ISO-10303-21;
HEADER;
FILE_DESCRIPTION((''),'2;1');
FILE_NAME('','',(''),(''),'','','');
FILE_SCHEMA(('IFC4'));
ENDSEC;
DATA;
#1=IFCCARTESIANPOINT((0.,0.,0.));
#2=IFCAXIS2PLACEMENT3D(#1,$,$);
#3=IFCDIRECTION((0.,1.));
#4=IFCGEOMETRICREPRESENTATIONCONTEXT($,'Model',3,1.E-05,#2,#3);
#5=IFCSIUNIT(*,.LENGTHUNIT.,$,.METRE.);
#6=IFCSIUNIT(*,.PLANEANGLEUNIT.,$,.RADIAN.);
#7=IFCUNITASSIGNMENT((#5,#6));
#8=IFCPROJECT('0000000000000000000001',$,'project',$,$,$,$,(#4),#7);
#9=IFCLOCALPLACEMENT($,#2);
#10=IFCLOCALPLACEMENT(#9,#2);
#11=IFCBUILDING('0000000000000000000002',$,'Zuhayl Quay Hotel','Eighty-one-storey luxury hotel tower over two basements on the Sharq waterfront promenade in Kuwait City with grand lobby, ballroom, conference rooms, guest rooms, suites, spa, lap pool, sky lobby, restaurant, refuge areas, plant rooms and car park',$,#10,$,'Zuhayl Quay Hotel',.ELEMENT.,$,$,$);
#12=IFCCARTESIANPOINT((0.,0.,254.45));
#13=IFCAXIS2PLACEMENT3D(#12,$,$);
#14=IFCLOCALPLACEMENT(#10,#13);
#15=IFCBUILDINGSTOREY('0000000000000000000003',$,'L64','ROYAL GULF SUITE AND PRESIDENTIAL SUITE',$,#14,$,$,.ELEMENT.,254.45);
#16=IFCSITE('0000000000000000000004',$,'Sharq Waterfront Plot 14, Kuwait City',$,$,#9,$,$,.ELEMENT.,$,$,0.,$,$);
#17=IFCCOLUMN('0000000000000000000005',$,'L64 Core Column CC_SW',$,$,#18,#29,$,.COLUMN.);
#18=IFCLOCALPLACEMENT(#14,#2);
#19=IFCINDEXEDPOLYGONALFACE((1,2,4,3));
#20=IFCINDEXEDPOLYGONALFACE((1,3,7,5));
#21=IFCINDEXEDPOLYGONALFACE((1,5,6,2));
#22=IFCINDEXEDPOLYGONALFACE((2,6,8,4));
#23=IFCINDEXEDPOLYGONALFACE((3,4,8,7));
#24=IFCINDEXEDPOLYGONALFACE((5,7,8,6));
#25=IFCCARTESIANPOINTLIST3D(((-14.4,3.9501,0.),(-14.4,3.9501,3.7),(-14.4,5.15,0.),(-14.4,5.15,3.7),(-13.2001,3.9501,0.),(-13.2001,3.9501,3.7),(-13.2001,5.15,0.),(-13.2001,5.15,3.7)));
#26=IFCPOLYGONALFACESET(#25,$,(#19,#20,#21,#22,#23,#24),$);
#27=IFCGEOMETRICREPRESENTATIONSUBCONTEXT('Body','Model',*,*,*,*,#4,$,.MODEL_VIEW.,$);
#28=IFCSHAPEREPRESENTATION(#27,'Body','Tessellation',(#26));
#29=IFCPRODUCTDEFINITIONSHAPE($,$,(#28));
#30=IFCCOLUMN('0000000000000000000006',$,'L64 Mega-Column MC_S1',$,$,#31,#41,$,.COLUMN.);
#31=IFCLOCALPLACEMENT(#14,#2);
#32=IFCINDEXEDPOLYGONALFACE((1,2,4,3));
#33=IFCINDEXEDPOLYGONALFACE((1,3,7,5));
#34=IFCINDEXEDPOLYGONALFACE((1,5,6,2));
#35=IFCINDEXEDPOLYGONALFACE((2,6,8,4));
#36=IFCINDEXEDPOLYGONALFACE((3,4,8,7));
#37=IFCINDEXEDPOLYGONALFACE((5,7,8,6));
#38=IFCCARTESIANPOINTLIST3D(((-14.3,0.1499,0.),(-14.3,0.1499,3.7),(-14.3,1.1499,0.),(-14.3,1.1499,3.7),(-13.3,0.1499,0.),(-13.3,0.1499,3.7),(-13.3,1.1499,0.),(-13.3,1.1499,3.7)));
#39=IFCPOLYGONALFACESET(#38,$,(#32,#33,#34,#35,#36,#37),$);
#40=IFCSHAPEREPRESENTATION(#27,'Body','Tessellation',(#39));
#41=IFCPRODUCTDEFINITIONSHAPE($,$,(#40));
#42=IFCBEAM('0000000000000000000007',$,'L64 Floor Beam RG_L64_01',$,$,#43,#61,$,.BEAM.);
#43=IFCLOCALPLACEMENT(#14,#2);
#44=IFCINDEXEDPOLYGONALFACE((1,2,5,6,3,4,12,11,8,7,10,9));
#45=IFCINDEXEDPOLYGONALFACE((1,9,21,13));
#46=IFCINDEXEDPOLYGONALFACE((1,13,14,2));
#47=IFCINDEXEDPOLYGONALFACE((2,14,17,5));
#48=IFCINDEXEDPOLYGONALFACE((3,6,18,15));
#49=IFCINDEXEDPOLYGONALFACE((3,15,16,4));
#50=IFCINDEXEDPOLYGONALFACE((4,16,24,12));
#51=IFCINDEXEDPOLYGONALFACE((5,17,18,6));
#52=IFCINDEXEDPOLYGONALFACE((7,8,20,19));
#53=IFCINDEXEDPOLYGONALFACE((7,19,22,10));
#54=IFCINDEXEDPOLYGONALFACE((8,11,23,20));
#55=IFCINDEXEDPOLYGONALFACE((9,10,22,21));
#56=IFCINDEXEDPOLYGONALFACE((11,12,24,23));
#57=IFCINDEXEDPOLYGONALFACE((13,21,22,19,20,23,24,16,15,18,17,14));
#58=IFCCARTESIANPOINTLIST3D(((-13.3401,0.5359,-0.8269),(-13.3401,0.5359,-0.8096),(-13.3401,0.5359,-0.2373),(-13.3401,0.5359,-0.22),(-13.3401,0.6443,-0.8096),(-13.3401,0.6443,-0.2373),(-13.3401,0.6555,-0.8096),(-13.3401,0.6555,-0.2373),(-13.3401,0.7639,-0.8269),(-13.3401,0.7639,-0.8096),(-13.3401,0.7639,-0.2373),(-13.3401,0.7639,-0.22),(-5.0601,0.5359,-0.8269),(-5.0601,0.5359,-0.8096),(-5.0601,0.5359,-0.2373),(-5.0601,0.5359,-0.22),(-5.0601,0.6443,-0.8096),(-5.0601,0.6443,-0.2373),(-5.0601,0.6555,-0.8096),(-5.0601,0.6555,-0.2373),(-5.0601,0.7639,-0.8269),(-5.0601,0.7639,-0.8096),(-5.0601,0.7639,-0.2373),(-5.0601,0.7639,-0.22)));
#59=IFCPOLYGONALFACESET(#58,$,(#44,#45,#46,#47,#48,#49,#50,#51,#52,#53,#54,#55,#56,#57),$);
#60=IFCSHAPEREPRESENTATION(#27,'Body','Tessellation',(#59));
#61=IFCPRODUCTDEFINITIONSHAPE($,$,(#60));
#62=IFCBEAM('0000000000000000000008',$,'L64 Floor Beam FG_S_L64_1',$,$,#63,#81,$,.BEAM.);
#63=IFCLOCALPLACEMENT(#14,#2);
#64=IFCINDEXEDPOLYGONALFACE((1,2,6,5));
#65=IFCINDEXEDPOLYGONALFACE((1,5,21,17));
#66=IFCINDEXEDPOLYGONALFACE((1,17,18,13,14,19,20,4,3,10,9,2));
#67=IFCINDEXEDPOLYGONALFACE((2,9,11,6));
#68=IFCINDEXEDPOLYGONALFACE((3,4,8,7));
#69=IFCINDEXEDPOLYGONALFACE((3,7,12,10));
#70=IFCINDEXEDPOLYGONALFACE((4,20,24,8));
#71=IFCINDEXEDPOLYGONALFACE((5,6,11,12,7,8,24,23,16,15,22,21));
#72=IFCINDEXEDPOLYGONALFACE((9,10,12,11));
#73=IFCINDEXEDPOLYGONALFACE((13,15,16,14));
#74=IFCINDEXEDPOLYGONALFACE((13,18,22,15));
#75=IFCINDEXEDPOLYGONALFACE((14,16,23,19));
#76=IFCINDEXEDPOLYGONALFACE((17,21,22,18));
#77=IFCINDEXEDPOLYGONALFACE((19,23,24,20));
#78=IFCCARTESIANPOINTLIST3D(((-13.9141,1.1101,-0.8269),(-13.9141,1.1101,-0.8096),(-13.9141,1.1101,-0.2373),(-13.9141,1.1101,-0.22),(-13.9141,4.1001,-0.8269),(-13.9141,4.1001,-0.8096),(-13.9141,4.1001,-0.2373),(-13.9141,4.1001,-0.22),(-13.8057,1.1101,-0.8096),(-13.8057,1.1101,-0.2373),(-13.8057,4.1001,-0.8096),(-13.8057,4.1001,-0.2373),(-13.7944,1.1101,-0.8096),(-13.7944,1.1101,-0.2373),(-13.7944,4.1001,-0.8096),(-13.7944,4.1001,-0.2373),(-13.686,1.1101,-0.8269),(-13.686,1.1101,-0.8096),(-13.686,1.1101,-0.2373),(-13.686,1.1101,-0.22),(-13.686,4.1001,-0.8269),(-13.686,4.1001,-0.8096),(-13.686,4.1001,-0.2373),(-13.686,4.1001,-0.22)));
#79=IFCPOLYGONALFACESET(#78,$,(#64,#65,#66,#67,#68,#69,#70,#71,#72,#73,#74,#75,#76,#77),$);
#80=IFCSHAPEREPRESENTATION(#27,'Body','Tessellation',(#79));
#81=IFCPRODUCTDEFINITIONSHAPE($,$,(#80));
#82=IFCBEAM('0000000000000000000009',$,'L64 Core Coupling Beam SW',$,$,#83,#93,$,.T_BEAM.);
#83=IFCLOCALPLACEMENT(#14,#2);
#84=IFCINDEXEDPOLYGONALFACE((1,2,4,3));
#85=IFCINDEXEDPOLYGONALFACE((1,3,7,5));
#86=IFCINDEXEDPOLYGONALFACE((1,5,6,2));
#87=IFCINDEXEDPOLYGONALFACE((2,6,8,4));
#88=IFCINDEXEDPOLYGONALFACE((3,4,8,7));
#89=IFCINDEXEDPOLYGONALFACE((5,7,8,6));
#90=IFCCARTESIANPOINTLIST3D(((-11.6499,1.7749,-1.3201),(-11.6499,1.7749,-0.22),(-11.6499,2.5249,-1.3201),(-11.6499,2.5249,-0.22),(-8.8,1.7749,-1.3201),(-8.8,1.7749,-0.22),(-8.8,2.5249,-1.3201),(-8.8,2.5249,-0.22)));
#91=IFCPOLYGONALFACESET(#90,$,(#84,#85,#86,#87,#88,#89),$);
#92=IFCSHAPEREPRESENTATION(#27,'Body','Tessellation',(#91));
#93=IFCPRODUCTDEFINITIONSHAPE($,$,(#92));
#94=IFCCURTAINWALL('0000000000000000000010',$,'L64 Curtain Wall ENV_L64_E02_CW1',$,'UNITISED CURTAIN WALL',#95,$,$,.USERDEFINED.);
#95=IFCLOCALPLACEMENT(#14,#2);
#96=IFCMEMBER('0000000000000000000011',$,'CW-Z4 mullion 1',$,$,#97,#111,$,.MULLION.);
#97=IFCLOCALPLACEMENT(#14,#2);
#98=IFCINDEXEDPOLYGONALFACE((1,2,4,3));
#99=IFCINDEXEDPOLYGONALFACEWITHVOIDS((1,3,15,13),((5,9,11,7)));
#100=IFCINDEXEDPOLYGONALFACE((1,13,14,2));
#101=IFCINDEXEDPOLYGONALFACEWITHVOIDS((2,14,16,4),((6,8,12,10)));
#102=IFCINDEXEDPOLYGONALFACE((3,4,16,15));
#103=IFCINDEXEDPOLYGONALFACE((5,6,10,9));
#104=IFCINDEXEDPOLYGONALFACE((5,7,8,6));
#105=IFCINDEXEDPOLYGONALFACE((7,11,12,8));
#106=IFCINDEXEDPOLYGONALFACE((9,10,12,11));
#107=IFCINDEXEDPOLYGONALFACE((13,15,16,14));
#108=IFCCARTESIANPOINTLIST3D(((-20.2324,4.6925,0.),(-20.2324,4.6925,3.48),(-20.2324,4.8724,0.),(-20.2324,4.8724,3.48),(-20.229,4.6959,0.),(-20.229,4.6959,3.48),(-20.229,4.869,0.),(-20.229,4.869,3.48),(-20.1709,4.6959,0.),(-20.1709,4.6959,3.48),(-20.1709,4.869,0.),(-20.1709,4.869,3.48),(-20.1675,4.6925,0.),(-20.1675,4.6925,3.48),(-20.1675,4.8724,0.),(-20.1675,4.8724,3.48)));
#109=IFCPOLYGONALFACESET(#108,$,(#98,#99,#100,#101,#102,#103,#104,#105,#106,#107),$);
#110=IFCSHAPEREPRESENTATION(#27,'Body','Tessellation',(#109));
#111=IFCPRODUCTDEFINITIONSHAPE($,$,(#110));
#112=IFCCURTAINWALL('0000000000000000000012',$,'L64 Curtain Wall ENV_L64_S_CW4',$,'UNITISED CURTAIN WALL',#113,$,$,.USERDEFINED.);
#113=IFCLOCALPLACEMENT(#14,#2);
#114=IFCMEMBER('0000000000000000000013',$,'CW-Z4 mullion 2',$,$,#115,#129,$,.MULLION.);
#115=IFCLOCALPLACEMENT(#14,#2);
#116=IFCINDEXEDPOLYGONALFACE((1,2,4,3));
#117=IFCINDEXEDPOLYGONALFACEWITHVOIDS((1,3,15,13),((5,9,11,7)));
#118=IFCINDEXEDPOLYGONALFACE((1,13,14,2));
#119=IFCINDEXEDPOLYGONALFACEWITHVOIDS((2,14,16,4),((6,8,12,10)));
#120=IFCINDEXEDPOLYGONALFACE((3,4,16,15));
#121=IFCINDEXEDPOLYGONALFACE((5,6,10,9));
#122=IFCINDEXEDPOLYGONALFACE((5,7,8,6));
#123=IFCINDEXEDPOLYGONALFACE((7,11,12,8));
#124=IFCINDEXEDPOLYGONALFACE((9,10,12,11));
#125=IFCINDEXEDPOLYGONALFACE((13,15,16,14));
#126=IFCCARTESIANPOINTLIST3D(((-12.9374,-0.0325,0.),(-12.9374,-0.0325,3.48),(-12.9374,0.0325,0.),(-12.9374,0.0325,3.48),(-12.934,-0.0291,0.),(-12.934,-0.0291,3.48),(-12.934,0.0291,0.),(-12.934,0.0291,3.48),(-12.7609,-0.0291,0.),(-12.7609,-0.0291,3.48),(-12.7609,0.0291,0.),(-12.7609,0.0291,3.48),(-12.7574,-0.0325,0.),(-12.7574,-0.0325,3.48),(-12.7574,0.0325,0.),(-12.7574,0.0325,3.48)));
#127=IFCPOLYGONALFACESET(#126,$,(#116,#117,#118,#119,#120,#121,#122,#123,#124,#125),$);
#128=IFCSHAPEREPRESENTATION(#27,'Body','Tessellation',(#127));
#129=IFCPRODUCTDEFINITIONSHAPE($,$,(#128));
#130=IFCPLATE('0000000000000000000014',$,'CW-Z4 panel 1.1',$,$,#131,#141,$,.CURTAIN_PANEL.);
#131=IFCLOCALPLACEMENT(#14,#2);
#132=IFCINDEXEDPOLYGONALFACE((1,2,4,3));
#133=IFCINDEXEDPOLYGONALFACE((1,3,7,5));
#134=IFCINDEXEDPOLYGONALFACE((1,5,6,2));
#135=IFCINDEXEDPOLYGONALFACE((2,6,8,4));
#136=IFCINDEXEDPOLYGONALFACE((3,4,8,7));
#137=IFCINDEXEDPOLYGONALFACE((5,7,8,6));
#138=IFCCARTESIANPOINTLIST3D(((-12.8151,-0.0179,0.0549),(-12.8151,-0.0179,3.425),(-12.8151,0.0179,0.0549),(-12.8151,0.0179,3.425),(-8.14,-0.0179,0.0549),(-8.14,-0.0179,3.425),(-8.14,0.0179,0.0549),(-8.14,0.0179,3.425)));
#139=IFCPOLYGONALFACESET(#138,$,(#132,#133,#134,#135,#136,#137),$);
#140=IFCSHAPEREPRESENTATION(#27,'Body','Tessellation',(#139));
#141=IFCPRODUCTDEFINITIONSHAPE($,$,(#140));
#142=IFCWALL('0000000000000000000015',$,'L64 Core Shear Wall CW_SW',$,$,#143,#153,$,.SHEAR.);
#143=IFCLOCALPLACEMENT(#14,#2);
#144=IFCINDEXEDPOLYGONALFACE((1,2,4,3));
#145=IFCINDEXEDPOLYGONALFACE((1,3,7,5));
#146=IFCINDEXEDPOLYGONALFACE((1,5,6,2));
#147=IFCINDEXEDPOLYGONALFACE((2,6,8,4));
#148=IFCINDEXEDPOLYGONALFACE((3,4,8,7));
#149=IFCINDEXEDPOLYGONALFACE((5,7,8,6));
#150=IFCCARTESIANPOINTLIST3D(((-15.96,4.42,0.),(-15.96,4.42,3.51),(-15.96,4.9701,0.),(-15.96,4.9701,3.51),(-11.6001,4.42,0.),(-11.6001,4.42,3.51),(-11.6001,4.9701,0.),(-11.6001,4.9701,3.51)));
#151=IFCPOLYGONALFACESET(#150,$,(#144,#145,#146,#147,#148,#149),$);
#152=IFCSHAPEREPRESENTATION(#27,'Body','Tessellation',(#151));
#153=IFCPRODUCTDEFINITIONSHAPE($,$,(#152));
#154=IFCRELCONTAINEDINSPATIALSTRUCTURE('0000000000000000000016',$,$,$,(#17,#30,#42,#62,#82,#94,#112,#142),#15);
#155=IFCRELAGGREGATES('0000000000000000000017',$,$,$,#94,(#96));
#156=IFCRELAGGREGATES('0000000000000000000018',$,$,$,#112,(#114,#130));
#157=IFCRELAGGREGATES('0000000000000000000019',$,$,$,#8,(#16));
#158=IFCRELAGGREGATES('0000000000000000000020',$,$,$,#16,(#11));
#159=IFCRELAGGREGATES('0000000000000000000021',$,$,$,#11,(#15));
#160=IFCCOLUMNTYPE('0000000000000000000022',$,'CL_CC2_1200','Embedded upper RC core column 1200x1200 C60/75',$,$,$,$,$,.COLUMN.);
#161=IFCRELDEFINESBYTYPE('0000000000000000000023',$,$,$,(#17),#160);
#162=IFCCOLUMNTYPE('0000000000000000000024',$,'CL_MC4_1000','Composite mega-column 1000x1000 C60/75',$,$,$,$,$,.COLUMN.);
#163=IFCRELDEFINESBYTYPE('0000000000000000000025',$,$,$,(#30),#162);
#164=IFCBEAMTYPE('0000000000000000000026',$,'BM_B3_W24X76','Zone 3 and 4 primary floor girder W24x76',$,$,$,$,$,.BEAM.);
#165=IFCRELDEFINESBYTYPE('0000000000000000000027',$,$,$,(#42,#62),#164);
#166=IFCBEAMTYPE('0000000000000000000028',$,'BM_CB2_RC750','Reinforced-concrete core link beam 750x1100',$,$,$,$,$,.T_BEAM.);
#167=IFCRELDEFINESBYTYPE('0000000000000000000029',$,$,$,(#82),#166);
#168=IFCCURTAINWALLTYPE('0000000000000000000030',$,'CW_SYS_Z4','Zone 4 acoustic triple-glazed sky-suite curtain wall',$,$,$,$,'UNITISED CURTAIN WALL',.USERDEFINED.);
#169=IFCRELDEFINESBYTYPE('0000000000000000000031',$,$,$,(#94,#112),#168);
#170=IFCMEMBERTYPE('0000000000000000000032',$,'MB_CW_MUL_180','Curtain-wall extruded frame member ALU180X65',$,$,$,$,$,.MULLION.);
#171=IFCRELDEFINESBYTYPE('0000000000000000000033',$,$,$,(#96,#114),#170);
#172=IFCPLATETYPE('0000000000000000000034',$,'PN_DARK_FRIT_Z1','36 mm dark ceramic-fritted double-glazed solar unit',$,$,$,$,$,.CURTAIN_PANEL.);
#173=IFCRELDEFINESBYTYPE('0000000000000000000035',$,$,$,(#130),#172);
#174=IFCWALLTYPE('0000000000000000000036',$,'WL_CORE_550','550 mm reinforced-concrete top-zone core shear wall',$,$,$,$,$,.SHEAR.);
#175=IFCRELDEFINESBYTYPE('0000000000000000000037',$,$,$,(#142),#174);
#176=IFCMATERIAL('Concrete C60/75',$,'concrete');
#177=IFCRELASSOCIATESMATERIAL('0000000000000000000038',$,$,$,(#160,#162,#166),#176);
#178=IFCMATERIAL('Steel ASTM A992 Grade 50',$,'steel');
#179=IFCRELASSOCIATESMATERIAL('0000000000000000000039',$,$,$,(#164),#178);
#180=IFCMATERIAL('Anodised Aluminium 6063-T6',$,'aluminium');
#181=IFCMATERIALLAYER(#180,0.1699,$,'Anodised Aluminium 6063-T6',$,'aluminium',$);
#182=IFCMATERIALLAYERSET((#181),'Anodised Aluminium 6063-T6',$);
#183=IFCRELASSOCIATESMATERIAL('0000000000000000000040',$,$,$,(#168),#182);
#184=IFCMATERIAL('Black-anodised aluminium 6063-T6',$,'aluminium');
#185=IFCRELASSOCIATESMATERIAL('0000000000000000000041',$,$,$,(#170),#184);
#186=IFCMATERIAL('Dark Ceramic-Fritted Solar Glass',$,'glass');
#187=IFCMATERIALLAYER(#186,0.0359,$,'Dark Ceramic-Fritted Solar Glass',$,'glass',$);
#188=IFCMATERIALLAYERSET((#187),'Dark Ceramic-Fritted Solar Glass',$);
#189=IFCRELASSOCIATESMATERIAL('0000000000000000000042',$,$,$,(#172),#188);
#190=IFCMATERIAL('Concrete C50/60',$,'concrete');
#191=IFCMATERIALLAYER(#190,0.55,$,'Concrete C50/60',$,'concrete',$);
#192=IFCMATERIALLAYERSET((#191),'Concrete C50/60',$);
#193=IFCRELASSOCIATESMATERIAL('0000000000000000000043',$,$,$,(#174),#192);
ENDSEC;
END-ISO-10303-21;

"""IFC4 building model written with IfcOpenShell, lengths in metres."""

from ifc_helpers import new_model, si_unit, direction, frame, frame_2d, origin, origin_2d, place, context, subcontext, project, spatial, rectangle, hollow_rectangle, i_section, extrude, material, layer, layer_set, material_profile, profile_set, type_object, element, aggregate, save


model = new_model("IFC4")

# Units and contexts
model_context = context("Model", 3, precision=1e-05, world=origin(), true_north=direction((0.0, 1.0)))
body_context = subcontext(model_context, "Body", "Model", "MODEL_VIEW")
ifc_project = project(units=[si_unit("LENGTHUNIT", "METRE"), si_unit("PLANEANGLEUNIT", "RADIAN")], contexts=[model_context])

# Site, building, storey
site_placement = place(None, origin())
site = spatial("IfcSite", under=ifc_project, at=site_placement, Name="Sharq Waterfront Plot 14, Kuwait City", CompositionType="ELEMENT", RefElevation=0.0)
building_placement = place(site_placement, origin())
building = spatial("IfcBuilding", under=site, at=building_placement, Name="Zuhayl Quay Hotel", Description="Eighty-one-storey luxury hotel tower over two basements on the Sharq waterfront promenade in Kuwait City with grand lobby, ballroom, conference rooms, guest rooms, suites, spa, lap pool, sky lobby, restaurant, refuge areas, plant rooms and car park", LongName="Zuhayl Quay Hotel", CompositionType="ELEMENT")
storey_placement = place(building_placement, frame((0.0, 0.0, 254.45)))
storey = spatial("IfcBuildingStorey", under=building, at=storey_placement, Name="L64", Description="ROYAL GULF SUITE AND PRESIDENTIAL SUITE", CompositionType="ELEMENT", Elevation=254.45)

# Columns
ifc_material_1 = material(Name="Concrete C60/75", Category="concrete")
ifc_material_profile_1 = material_profile(ifc_material_1, rectangle(XDim=1.2, YDim=1.2, at=origin_2d()), Name="RC1200X1200")
ifc_profile_set_1 = profile_set([ifc_material_profile_1], Name="Concrete C60/75")
column_type_1 = type_object("IfcColumnType", Name="CL_CC2_1200", Description="Embedded upper RC core column 1200x1200 C60/75", PredefinedType="COLUMN", material=ifc_profile_set_1)
column_1_placement = place(storey_placement, frame((-13.8, 4.55, 0.0), z_axis=(0.0, 0.0, 1.0), x_axis=(1.0, 0.0, 0.0)))
element("IfcColumn", 1, at=column_1_placement, inside=storey, type_object=column_type_1, Name="L64 Core Column CC_SW", PredefinedType="COLUMN", context=body_context, shape_type="SweptSolid", body=[
    extrude(rectangle(XDim=1.2, YDim=1.2, at=origin_2d()), origin(), (0.0, 0.0, 1.0), 3.7),
])
ifc_material_profile_2 = material_profile(ifc_material_1, rectangle(XDim=1.0, YDim=1.0, at=origin_2d()), Name="RC1000X1000")
ifc_profile_set_2 = profile_set([ifc_material_profile_2], Name="Concrete C60/75")
column_type_2 = type_object("IfcColumnType", Name="CL_MC4_1000", Description="Composite mega-column 1000x1000 C60/75", PredefinedType="COLUMN", material=ifc_profile_set_2)
column_2_placement = place(storey_placement, frame((-13.8, 0.6499, 0.0), z_axis=(0.0, 0.0, 1.0), x_axis=(1.0, 0.0, 0.0)))
element("IfcColumn", 2, at=column_2_placement, inside=storey, type_object=column_type_2, Name="L64 Mega-Column MC_S1", PredefinedType="COLUMN", context=body_context, shape_type="SweptSolid", body=[
    extrude(rectangle(XDim=1.0, YDim=1.0, at=origin_2d()), origin(), (0.0, 0.0, 1.0), 3.7),
])

# Beams
ifc_material_2 = material(Name="Steel ASTM A992 Grade 50", Category="steel")
ifc_material_profile_3 = material_profile(ifc_material_2, i_section(OverallWidth=0.228, OverallDepth=0.6069, WebThickness=0.0112, FlangeThickness=0.0173, at=origin_2d()), Name="W24X76")
ifc_profile_set_3 = profile_set([ifc_material_profile_3], Name="Steel ASTM A992 Grade 50")
beam_type_1 = type_object("IfcBeamType", Name="BM_B3_W24X76", Description="Zone 3 and 4 primary floor girder W24x76", PredefinedType="BEAM", material=ifc_profile_set_3)
beam_1_placement = place(storey_placement, frame((-13.3401, 0.6499, -0.5234), z_axis=(1.0, 0.0, 0.0), x_axis=(0.0, 1.0, 0.0)))
element("IfcBeam", 3, at=beam_1_placement, inside=storey, type_object=beam_type_1, Name="L64 Floor Beam RG_L64_01", PredefinedType="BEAM", context=body_context, shape_type="SweptSolid", body=[
    extrude(i_section(OverallWidth=0.228, OverallDepth=0.6069, WebThickness=0.0112, FlangeThickness=0.0173, at=origin_2d()), origin(), (0.0, 0.0, 1.0), 8.28),
])
beam_2_placement = place(storey_placement, frame((-13.8, 1.1101, -0.5234), z_axis=(0.0, 1.0, 0.0), x_axis=(-1.0, 0.0, 0.0)))
element("IfcBeam", 4, at=beam_2_placement, inside=storey, type_object=beam_type_1, Name="L64 Floor Beam FG_S_L64_1", PredefinedType="BEAM", context=body_context, shape_type="SweptSolid", body=[
    extrude(i_section(OverallWidth=0.228, OverallDepth=0.6069, WebThickness=0.0112, FlangeThickness=0.0173, at=origin_2d()), origin(), (0.0, 0.0, 1.0), 2.99),
])
ifc_material_profile_4 = material_profile(ifc_material_1, rectangle(XDim=0.75, YDim=1.1001, at=origin_2d()), Name="RC750X1100")
ifc_profile_set_4 = profile_set([ifc_material_profile_4], Name="Concrete C60/75")
beam_type_2 = type_object("IfcBeamType", Name="BM_CB2_RC750", Description="Reinforced-concrete core link beam 750x1100", PredefinedType="T_BEAM", material=ifc_profile_set_4)
beam_3_placement = place(storey_placement, frame((-11.6499, 2.1499, -0.77), z_axis=(1.0, 0.0, 0.0), x_axis=(0.0, 1.0, 0.0)))
element("IfcBeam", 5, at=beam_3_placement, inside=storey, type_object=beam_type_2, Name="L64 Core Coupling Beam SW", PredefinedType="T_BEAM", context=body_context, shape_type="SweptSolid", body=[
    extrude(rectangle(XDim=0.75, YDim=1.1001, at=origin_2d()), origin(), (0.0, 0.0, 1.0), 2.8499),
])

# Curtain wall, member
ifc_material_3 = material(Name="Anodised Aluminium 6063-T6", Category="aluminium")
ifc_layer_1 = layer(ifc_material_3, 0.1699, Name="Anodised Aluminium 6063-T6", Category="aluminium")
ifc_layer_set_1 = layer_set([ifc_layer_1], Name="Anodised Aluminium 6063-T6")
curtain_wall_type = type_object("IfcCurtainWallType", Name="CW_SYS_Z4", Description="Zone 4 acoustic triple-glazed sky-suite curtain wall", ElementType="UNITISED CURTAIN WALL", PredefinedType="USERDEFINED", material=ifc_layer_set_1)
curtain_wall_1_placement = place(storey_placement, origin())
curtain_wall_1 = element("IfcCurtainWall", 6, at=curtain_wall_1_placement, inside=storey, type_object=curtain_wall_type, Name="L64 Curtain Wall ENV_L64_E02_CW1", ObjectType="UNITISED CURTAIN WALL", PredefinedType="USERDEFINED")
ifc_material_4 = material(Name="Black-anodised aluminium 6063-T6", Category="aluminium")
ifc_material_profile_5 = material_profile(ifc_material_4, hollow_rectangle(XDim=0.0649, YDim=0.1799, WallThickness=0.0034, at=origin_2d()), Name="ALU180X65")
ifc_profile_set_5 = profile_set([ifc_material_profile_5], Name="Black-anodised aluminium 6063-T6")
member_type = type_object("IfcMemberType", Name="MB_CW_MUL_180", Description="Curtain-wall extruded frame member ALU180X65", PredefinedType="MULLION", material=ifc_profile_set_5)
member_1_placement = place(storey_placement, frame((-20.2, 4.7825, 0.0), z_axis=(0.0, 0.0, 1.0), x_axis=(-1.0, 0.0, 0.0)))
member_1 = element("IfcMember", 7, at=member_1_placement, type_object=member_type, Name="CW-Z4 mullion 1", PredefinedType="MULLION", context=body_context, shape_type="SweptSolid", body=[
    extrude(hollow_rectangle(XDim=0.0649, YDim=0.1799, WallThickness=0.0034, at=origin_2d()), origin(), (0.0, 0.0, 1.0), 3.48),
])
aggregate(curtain_wall_1, [member_1])

# Curtain wall, member, plate
curtain_wall_2_placement = place(storey_placement, origin())
curtain_wall_2 = element("IfcCurtainWall", 8, at=curtain_wall_2_placement, inside=storey, type_object=curtain_wall_type, Name="L64 Curtain Wall ENV_L64_S_CW4", ObjectType="UNITISED CURTAIN WALL", PredefinedType="USERDEFINED")
member_2_placement = place(storey_placement, frame((-12.8474, 0.0, 0.0), z_axis=(0.0, 0.0, 1.0), x_axis=(0.0, -1.0, 0.0)))
member_2 = element("IfcMember", 9, at=member_2_placement, type_object=member_type, Name="CW-Z4 mullion 2", PredefinedType="MULLION", context=body_context, shape_type="SweptSolid", body=[
    extrude(hollow_rectangle(XDim=0.0649, YDim=0.1799, WallThickness=0.0034, at=origin_2d()), origin(), (0.0, 0.0, 1.0), 3.48),
])
ifc_material_5 = material(Name="Dark Ceramic-Fritted Solar Glass", Category="glass")
ifc_layer_2 = layer(ifc_material_5, 0.0359, Name="Dark Ceramic-Fritted Solar Glass", Category="glass")
ifc_layer_set_2 = layer_set([ifc_layer_2], Name="Dark Ceramic-Fritted Solar Glass")
plate_type = type_object("IfcPlateType", Name="PN_DARK_FRIT_Z1", Description="36 mm dark ceramic-fritted double-glazed solar unit", PredefinedType="CURTAIN_PANEL", material=ifc_layer_set_2)
plate_placement = place(storey_placement, frame((-10.4775, 0.0, 0.0549), z_axis=(0.0, 0.0, 1.0), x_axis=(-1.0, 0.0, 0.0)))
plate = element("IfcPlate", 10, at=plate_placement, type_object=plate_type, Name="CW-Z4 panel 1.1", PredefinedType="CURTAIN_PANEL", context=body_context, shape_type="SweptSolid", body=[
    extrude(rectangle(XDim=4.675, YDim=0.0359, at=origin_2d()), origin(), (0.0, 0.0, 1.0), 3.3701),
])
aggregate(curtain_wall_2, [member_2, plate])

# Wall
ifc_material_6 = material(Name="Concrete C50/60", Category="concrete")
ifc_layer_3 = layer(ifc_material_6, 0.55, Name="Concrete C50/60", Category="concrete")
ifc_layer_set_3 = layer_set([ifc_layer_3], Name="Concrete C50/60")
wall_type_1 = type_object("IfcWallType", Name="WL_CORE_550", Description="550 mm reinforced-concrete top-zone core shear wall", PredefinedType="SHEAR", material=ifc_layer_set_3)
wall_1_placement = place(storey_placement, frame((-15.96, 4.6951, 0.0), z_axis=(0.0, 0.0, 1.0), x_axis=(1.0, 0.0, 0.0)))
element("IfcWall", 11, at=wall_1_placement, inside=storey, type_object=wall_type_1, Name="L64 Core Shear Wall CW_SW", PredefinedType="SHEAR", context=body_context, shape_type="SweptSolid", body=[
    extrude(rectangle(XDim=4.3599, YDim=0.55, at=frame_2d((2.1799, 0.0))), origin(), (0.0, 0.0, 1.0), 3.51),
])

save(model, "model.ifc")
